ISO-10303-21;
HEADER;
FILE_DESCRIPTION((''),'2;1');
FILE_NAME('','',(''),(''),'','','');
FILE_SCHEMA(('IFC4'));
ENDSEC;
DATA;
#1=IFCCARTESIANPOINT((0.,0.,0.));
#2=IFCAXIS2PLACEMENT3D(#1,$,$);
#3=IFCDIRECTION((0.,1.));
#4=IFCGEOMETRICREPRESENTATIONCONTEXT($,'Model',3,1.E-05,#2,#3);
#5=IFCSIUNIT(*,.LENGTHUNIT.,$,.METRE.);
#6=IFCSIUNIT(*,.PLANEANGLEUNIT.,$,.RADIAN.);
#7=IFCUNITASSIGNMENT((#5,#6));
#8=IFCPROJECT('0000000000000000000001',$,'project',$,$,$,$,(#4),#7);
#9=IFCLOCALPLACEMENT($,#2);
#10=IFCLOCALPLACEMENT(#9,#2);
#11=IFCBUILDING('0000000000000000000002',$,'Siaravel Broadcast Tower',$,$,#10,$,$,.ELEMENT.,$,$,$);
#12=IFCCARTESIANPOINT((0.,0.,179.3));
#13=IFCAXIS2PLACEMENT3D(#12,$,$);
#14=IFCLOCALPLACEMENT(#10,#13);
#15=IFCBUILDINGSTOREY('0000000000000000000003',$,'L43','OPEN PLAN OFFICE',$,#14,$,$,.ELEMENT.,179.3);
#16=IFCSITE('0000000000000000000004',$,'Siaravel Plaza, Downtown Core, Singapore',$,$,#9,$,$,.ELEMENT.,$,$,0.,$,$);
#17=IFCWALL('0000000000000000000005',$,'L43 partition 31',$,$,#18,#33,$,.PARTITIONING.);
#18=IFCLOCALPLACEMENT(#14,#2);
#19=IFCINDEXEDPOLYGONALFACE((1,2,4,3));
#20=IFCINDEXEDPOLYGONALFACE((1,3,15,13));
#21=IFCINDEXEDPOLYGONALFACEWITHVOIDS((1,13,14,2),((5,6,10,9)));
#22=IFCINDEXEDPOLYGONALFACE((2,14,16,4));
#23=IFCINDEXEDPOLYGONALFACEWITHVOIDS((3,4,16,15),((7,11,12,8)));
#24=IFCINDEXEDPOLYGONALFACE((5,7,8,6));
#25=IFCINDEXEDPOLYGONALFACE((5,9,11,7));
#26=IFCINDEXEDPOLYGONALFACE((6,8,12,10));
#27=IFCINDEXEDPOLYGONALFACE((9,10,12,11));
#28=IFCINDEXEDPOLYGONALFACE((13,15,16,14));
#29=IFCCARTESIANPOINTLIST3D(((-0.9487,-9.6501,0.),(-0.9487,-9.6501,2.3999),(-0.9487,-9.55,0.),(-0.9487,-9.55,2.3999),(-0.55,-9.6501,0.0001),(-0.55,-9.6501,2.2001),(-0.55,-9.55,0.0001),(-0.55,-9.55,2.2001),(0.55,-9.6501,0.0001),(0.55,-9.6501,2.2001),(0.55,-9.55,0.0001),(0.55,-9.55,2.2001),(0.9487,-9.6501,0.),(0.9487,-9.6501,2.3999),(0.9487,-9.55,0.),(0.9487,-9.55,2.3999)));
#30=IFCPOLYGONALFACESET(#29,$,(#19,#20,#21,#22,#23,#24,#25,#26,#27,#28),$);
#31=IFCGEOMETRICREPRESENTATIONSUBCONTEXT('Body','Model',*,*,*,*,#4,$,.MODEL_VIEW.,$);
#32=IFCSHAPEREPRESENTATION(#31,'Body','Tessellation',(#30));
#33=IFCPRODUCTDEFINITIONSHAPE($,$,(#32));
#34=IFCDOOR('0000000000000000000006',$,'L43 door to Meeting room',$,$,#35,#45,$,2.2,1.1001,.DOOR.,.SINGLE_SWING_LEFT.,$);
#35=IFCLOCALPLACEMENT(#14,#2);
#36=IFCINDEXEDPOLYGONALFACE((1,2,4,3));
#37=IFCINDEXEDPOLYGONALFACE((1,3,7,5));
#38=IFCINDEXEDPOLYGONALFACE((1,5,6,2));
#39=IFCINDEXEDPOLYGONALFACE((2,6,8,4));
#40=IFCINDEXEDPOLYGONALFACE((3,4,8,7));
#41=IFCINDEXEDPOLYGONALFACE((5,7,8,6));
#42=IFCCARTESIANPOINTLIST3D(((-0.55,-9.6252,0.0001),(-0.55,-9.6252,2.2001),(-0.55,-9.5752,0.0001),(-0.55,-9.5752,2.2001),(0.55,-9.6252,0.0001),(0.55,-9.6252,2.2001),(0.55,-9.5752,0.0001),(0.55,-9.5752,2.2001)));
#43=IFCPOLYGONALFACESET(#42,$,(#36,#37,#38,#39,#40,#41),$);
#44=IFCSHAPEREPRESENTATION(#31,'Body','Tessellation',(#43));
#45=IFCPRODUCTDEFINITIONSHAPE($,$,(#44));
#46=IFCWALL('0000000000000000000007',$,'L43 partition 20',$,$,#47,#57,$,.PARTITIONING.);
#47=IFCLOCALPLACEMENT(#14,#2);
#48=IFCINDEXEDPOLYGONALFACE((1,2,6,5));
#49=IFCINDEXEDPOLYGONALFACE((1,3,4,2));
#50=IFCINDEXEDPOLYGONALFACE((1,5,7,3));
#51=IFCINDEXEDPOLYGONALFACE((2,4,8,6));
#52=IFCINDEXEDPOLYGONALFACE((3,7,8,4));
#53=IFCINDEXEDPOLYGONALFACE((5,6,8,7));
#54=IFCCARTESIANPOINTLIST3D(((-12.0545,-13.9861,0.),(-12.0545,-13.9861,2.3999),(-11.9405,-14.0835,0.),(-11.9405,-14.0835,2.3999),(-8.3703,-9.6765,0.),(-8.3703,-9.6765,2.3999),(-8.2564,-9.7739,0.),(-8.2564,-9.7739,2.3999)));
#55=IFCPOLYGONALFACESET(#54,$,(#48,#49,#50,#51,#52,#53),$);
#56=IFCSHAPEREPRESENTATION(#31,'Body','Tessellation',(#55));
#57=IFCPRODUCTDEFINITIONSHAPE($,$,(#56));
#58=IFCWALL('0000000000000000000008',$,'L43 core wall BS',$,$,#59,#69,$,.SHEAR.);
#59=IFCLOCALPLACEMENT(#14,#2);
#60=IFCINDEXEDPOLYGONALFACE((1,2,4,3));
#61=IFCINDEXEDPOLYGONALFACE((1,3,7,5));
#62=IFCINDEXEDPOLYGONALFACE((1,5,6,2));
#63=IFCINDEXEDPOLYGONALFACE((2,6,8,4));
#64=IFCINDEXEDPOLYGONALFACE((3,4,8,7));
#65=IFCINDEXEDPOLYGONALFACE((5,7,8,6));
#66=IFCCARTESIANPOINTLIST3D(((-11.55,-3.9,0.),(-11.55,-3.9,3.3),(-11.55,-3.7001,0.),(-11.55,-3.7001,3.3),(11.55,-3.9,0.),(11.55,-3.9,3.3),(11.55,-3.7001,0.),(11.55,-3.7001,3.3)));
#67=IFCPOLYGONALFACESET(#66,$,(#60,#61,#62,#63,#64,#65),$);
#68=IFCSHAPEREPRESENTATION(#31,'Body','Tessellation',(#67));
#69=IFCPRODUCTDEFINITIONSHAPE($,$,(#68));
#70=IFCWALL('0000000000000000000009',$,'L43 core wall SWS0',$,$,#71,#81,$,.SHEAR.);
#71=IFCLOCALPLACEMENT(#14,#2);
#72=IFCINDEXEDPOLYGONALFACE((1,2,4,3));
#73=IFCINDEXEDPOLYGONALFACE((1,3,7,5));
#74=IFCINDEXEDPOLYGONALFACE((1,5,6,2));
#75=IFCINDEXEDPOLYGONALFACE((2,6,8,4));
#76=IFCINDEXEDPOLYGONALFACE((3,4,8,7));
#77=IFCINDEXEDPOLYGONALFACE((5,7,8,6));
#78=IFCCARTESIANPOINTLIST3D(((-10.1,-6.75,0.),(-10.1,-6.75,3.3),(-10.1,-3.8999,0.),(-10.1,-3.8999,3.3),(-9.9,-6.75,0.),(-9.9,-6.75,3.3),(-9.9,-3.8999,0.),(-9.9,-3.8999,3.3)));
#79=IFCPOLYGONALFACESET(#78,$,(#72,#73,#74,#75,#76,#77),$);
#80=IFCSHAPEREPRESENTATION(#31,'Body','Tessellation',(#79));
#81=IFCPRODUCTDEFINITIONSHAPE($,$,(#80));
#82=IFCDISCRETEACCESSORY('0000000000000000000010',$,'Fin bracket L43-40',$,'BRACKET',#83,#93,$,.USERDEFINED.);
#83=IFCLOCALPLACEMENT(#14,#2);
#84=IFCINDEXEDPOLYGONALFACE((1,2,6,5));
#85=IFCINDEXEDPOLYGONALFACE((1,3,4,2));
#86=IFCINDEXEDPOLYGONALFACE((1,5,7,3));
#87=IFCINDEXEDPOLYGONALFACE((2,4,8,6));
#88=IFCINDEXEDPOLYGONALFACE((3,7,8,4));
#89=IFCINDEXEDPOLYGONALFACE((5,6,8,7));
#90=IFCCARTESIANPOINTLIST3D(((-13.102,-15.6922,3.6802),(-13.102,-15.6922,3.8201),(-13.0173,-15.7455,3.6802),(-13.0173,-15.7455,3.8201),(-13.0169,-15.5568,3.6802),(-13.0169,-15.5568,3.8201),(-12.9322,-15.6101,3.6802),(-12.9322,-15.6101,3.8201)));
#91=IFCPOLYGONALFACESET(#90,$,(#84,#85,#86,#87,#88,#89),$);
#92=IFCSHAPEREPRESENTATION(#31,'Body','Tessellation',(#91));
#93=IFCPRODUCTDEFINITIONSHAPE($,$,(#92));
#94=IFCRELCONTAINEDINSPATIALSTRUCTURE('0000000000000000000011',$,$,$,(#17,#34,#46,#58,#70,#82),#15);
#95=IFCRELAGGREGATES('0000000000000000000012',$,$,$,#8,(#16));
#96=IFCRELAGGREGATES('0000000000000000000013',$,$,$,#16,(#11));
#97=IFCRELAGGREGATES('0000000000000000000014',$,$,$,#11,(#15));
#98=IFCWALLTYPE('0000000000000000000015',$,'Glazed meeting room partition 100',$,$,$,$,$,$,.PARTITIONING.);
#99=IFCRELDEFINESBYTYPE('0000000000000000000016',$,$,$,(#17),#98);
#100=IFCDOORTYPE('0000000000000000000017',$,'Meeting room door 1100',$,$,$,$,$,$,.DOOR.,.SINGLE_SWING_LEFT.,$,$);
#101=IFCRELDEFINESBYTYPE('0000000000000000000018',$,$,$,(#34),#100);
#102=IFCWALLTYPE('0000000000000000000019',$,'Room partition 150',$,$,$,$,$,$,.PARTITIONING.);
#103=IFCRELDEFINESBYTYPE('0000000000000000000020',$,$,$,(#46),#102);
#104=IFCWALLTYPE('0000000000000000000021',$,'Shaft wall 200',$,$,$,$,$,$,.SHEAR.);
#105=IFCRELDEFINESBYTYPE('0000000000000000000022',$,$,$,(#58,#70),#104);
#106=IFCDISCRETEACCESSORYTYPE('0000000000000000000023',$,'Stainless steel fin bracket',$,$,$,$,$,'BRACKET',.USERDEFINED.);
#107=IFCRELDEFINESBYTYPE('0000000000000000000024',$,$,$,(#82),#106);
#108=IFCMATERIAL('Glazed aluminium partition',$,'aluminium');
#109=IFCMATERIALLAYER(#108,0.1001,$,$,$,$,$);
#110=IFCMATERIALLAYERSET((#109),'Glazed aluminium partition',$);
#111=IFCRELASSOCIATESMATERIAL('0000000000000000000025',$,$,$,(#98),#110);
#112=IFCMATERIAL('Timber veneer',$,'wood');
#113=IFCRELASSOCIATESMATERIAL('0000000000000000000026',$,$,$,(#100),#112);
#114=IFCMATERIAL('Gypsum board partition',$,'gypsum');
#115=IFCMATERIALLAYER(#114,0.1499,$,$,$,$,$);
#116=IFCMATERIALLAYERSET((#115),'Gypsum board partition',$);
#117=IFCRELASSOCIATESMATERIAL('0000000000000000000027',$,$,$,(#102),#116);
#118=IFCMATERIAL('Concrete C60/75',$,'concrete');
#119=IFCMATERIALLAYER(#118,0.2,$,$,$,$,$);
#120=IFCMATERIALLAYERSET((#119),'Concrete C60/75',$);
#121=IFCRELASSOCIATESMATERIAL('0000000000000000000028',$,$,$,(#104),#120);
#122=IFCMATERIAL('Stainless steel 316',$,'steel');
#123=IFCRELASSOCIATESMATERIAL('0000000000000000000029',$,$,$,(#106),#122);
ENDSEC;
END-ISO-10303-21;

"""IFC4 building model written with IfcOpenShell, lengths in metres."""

from ifc_helpers import new_model, si_unit, direction, frame, frame_2d, origin, origin_2d, place, context, subcontext, project, spatial, rectangle, extrude, material, layer, layer_set, type_object, element, fill, save


model = new_model("IFC4")

# Units and contexts
model_context = context("Model", 3, precision=1e-05, world=origin(), true_north=direction((0.0, 1.0)))
body_context = subcontext(model_context, "Body", "Model", "MODEL_VIEW")
ifc_project = project(units=[si_unit("LENGTHUNIT", "METRE"), si_unit("PLANEANGLEUNIT", "RADIAN")], contexts=[model_context])

# Site, building, storey
site_placement = place(None, origin())
site = spatial("IfcSite", under=ifc_project, at=site_placement, Name="Siaravel Plaza, Downtown Core, Singapore", CompositionType="ELEMENT", RefElevation=0.0)
building_placement = place(site_placement, origin())
building = spatial("IfcBuilding", under=site, at=building_placement, Name="Siaravel Broadcast Tower", CompositionType="ELEMENT")
storey_placement = place(building_placement, frame((0.0, 0.0, 179.3)))
storey = spatial("IfcBuildingStorey", under=building, at=storey_placement, Name="L43", Description="OPEN PLAN OFFICE", CompositionType="ELEMENT", Elevation=179.3)

# Shared definitions
ifc_material_1 = material(Name="Concrete C60/75", Category="concrete")

# Shared definitions
ifc_material_2 = material(Name="Timber veneer", Category="wood")

# Wall, opening, door
ifc_material_3 = material(Name="Gypsum board partition", Category="gypsum")
ifc_material_4 = material(Name="Glazed aluminium partition", Category="aluminium")
ifc_layer_1 = layer(ifc_material_4, 0.1001)
ifc_layer_set_1 = layer_set([ifc_layer_1], Name="Glazed aluminium partition")
wall_type_1 = type_object("IfcWallType", Name="Glazed meeting room partition 100", PredefinedType="PARTITIONING", material=ifc_layer_set_1)
wall_1_placement = place(storey_placement, frame((-0.9487, -9.6001, 0.0), z_axis=(0.0, 0.0, 1.0), x_axis=(1.0, 0.0, 0.0)))
wall_1 = element("IfcWall", 1, at=wall_1_placement, inside=storey, type_object=wall_type_1, Name="L43 partition 31", PredefinedType="PARTITIONING", context=body_context, shape_type="SweptSolid", body=[
    extrude(rectangle(XDim=1.8975, YDim=0.1001, at=frame_2d((0.9487, 0.0))), origin(), (0.0, 0.0, 1.0), 2.3999),
])
opening_1_placement = place(wall_1_placement, frame((0.3987, 0.0, 0.0)))
opening_1 = element("IfcOpeningElement", 2, at=opening_1_placement, cuts=wall_1, PredefinedType="OPENING", context=body_context, shape_type="SweptSolid", body=[
    extrude(rectangle(XDim=1.1001, YDim=2.2, at=frame_2d((0.55, 1.1001))), frame((0.0, 0.0601, 0.0), z_axis=(0.0, -1.0, 0.0), x_axis=(1.0, 0.0, 0.0)), (0.0, 0.0, 1.0), 0.1201),
])
door_type_1 = type_object("IfcDoorType", Name="Meeting room door 1100", OperationType="SINGLE_SWING_LEFT", PredefinedType="DOOR", material=ifc_material_2)
door_1_placement = place(opening_1_placement, origin())
door_1 = element("IfcDoor", 3, at=door_1_placement, inside=storey, type_object=door_type_1, Name="L43 door to Meeting room", OperationType="SINGLE_SWING_LEFT", OverallHeight=2.2, OverallWidth=1.1001, PredefinedType="DOOR", context=body_context, shape_type="SweptSolid", body=[
    extrude(rectangle(XDim=1.1001, YDim=2.2, at=frame_2d((0.55, 1.1001))), frame((0.0, 0.0249, 0.0), z_axis=(0.0, -1.0, 0.0), x_axis=(1.0, 0.0, 0.0)), (0.0, 0.0, 1.0), 0.05),
])
fill(opening_1, door_1)

# Walls
ifc_layer_2 = layer(ifc_material_3, 0.1499)
ifc_layer_set_2 = layer_set([ifc_layer_2], Name="Gypsum board partition")
wall_type_2 = type_object("IfcWallType", Name="Room partition 150", PredefinedType="PARTITIONING", material=ifc_layer_set_2)
wall_2_placement = place(storey_placement, frame((-11.9976, -14.0349, 0.0), z_axis=(0.0, 0.0, 1.0), x_axis=(0.649791, 0.760113, 0.0)))
element("IfcWall", 4, at=wall_2_placement, inside=storey, type_object=wall_type_2, Name="L43 partition 20", PredefinedType="PARTITIONING", context=body_context, shape_type="SweptSolid", body=[
    extrude(rectangle(XDim=5.6697, YDim=0.1499, at=frame_2d((2.835, 0.0))), origin(), (0.0, 0.0, 1.0), 2.3999),
])
ifc_layer_3 = layer(ifc_material_1, 0.2)
ifc_layer_set_3 = layer_set([ifc_layer_3], Name="Concrete C60/75")
wall_type_3 = type_object("IfcWallType", Name="Shaft wall 200", PredefinedType="SHEAR", material=ifc_layer_set_3)
wall_3_placement = place(storey_placement, frame((-11.55, -3.8, 0.0), z_axis=(0.0, 0.0, 1.0), x_axis=(1.0, 0.0, 0.0)))
element("IfcWall", 5, at=wall_3_placement, inside=storey, type_object=wall_type_3, Name="L43 core wall BS", PredefinedType="SHEAR", context=body_context, shape_type="SweptSolid", body=[
    extrude(rectangle(XDim=23.1001, YDim=0.2, at=frame_2d((11.55, 0.0))), origin(), (0.0, 0.0, 1.0), 3.3),
])
wall_4_placement = place(storey_placement, frame((-10.0, -6.75, 0.0), z_axis=(0.0, 0.0, 1.0), x_axis=(0.0, 1.0, 0.0)))
element("IfcWall", 6, at=wall_4_placement, inside=storey, type_object=wall_type_3, Name="L43 core wall SWS0", PredefinedType="SHEAR", context=body_context, shape_type="SweptSolid", body=[
    extrude(rectangle(XDim=2.8501, YDim=0.2, at=frame_2d((1.425, 0.0))), origin(), (0.0, 0.0, 1.0), 3.3),
])

# Discrete accessory
ifc_material_5 = material(Name="Stainless steel 316", Category="steel")
discrete_accessory_type = type_object("IfcDiscreteAccessoryType", Name="Stainless steel fin bracket", ElementType="BRACKET", PredefinedType="USERDEFINED", material=ifc_material_5)
discrete_accessory_placement = place(storey_placement, frame((-13.0171, -15.6511, 3.6802), z_axis=(0.0, 0.0, 1.0), x_axis=(-0.532149, -0.84665, 0.0)))
element("IfcDiscreteAccessory", 7, at=discrete_accessory_placement, inside=storey, type_object=discrete_accessory_type, Name="Fin bracket L43-40", ObjectType="BRACKET", PredefinedType="USERDEFINED", context=body_context, shape_type="SweptSolid", body=[
    extrude(rectangle(XDim=0.1599, YDim=0.1001, at=origin_2d()), origin(), (0.0, 0.0, 1.0), 0.1399),
])

save(model, "model.ifc")
